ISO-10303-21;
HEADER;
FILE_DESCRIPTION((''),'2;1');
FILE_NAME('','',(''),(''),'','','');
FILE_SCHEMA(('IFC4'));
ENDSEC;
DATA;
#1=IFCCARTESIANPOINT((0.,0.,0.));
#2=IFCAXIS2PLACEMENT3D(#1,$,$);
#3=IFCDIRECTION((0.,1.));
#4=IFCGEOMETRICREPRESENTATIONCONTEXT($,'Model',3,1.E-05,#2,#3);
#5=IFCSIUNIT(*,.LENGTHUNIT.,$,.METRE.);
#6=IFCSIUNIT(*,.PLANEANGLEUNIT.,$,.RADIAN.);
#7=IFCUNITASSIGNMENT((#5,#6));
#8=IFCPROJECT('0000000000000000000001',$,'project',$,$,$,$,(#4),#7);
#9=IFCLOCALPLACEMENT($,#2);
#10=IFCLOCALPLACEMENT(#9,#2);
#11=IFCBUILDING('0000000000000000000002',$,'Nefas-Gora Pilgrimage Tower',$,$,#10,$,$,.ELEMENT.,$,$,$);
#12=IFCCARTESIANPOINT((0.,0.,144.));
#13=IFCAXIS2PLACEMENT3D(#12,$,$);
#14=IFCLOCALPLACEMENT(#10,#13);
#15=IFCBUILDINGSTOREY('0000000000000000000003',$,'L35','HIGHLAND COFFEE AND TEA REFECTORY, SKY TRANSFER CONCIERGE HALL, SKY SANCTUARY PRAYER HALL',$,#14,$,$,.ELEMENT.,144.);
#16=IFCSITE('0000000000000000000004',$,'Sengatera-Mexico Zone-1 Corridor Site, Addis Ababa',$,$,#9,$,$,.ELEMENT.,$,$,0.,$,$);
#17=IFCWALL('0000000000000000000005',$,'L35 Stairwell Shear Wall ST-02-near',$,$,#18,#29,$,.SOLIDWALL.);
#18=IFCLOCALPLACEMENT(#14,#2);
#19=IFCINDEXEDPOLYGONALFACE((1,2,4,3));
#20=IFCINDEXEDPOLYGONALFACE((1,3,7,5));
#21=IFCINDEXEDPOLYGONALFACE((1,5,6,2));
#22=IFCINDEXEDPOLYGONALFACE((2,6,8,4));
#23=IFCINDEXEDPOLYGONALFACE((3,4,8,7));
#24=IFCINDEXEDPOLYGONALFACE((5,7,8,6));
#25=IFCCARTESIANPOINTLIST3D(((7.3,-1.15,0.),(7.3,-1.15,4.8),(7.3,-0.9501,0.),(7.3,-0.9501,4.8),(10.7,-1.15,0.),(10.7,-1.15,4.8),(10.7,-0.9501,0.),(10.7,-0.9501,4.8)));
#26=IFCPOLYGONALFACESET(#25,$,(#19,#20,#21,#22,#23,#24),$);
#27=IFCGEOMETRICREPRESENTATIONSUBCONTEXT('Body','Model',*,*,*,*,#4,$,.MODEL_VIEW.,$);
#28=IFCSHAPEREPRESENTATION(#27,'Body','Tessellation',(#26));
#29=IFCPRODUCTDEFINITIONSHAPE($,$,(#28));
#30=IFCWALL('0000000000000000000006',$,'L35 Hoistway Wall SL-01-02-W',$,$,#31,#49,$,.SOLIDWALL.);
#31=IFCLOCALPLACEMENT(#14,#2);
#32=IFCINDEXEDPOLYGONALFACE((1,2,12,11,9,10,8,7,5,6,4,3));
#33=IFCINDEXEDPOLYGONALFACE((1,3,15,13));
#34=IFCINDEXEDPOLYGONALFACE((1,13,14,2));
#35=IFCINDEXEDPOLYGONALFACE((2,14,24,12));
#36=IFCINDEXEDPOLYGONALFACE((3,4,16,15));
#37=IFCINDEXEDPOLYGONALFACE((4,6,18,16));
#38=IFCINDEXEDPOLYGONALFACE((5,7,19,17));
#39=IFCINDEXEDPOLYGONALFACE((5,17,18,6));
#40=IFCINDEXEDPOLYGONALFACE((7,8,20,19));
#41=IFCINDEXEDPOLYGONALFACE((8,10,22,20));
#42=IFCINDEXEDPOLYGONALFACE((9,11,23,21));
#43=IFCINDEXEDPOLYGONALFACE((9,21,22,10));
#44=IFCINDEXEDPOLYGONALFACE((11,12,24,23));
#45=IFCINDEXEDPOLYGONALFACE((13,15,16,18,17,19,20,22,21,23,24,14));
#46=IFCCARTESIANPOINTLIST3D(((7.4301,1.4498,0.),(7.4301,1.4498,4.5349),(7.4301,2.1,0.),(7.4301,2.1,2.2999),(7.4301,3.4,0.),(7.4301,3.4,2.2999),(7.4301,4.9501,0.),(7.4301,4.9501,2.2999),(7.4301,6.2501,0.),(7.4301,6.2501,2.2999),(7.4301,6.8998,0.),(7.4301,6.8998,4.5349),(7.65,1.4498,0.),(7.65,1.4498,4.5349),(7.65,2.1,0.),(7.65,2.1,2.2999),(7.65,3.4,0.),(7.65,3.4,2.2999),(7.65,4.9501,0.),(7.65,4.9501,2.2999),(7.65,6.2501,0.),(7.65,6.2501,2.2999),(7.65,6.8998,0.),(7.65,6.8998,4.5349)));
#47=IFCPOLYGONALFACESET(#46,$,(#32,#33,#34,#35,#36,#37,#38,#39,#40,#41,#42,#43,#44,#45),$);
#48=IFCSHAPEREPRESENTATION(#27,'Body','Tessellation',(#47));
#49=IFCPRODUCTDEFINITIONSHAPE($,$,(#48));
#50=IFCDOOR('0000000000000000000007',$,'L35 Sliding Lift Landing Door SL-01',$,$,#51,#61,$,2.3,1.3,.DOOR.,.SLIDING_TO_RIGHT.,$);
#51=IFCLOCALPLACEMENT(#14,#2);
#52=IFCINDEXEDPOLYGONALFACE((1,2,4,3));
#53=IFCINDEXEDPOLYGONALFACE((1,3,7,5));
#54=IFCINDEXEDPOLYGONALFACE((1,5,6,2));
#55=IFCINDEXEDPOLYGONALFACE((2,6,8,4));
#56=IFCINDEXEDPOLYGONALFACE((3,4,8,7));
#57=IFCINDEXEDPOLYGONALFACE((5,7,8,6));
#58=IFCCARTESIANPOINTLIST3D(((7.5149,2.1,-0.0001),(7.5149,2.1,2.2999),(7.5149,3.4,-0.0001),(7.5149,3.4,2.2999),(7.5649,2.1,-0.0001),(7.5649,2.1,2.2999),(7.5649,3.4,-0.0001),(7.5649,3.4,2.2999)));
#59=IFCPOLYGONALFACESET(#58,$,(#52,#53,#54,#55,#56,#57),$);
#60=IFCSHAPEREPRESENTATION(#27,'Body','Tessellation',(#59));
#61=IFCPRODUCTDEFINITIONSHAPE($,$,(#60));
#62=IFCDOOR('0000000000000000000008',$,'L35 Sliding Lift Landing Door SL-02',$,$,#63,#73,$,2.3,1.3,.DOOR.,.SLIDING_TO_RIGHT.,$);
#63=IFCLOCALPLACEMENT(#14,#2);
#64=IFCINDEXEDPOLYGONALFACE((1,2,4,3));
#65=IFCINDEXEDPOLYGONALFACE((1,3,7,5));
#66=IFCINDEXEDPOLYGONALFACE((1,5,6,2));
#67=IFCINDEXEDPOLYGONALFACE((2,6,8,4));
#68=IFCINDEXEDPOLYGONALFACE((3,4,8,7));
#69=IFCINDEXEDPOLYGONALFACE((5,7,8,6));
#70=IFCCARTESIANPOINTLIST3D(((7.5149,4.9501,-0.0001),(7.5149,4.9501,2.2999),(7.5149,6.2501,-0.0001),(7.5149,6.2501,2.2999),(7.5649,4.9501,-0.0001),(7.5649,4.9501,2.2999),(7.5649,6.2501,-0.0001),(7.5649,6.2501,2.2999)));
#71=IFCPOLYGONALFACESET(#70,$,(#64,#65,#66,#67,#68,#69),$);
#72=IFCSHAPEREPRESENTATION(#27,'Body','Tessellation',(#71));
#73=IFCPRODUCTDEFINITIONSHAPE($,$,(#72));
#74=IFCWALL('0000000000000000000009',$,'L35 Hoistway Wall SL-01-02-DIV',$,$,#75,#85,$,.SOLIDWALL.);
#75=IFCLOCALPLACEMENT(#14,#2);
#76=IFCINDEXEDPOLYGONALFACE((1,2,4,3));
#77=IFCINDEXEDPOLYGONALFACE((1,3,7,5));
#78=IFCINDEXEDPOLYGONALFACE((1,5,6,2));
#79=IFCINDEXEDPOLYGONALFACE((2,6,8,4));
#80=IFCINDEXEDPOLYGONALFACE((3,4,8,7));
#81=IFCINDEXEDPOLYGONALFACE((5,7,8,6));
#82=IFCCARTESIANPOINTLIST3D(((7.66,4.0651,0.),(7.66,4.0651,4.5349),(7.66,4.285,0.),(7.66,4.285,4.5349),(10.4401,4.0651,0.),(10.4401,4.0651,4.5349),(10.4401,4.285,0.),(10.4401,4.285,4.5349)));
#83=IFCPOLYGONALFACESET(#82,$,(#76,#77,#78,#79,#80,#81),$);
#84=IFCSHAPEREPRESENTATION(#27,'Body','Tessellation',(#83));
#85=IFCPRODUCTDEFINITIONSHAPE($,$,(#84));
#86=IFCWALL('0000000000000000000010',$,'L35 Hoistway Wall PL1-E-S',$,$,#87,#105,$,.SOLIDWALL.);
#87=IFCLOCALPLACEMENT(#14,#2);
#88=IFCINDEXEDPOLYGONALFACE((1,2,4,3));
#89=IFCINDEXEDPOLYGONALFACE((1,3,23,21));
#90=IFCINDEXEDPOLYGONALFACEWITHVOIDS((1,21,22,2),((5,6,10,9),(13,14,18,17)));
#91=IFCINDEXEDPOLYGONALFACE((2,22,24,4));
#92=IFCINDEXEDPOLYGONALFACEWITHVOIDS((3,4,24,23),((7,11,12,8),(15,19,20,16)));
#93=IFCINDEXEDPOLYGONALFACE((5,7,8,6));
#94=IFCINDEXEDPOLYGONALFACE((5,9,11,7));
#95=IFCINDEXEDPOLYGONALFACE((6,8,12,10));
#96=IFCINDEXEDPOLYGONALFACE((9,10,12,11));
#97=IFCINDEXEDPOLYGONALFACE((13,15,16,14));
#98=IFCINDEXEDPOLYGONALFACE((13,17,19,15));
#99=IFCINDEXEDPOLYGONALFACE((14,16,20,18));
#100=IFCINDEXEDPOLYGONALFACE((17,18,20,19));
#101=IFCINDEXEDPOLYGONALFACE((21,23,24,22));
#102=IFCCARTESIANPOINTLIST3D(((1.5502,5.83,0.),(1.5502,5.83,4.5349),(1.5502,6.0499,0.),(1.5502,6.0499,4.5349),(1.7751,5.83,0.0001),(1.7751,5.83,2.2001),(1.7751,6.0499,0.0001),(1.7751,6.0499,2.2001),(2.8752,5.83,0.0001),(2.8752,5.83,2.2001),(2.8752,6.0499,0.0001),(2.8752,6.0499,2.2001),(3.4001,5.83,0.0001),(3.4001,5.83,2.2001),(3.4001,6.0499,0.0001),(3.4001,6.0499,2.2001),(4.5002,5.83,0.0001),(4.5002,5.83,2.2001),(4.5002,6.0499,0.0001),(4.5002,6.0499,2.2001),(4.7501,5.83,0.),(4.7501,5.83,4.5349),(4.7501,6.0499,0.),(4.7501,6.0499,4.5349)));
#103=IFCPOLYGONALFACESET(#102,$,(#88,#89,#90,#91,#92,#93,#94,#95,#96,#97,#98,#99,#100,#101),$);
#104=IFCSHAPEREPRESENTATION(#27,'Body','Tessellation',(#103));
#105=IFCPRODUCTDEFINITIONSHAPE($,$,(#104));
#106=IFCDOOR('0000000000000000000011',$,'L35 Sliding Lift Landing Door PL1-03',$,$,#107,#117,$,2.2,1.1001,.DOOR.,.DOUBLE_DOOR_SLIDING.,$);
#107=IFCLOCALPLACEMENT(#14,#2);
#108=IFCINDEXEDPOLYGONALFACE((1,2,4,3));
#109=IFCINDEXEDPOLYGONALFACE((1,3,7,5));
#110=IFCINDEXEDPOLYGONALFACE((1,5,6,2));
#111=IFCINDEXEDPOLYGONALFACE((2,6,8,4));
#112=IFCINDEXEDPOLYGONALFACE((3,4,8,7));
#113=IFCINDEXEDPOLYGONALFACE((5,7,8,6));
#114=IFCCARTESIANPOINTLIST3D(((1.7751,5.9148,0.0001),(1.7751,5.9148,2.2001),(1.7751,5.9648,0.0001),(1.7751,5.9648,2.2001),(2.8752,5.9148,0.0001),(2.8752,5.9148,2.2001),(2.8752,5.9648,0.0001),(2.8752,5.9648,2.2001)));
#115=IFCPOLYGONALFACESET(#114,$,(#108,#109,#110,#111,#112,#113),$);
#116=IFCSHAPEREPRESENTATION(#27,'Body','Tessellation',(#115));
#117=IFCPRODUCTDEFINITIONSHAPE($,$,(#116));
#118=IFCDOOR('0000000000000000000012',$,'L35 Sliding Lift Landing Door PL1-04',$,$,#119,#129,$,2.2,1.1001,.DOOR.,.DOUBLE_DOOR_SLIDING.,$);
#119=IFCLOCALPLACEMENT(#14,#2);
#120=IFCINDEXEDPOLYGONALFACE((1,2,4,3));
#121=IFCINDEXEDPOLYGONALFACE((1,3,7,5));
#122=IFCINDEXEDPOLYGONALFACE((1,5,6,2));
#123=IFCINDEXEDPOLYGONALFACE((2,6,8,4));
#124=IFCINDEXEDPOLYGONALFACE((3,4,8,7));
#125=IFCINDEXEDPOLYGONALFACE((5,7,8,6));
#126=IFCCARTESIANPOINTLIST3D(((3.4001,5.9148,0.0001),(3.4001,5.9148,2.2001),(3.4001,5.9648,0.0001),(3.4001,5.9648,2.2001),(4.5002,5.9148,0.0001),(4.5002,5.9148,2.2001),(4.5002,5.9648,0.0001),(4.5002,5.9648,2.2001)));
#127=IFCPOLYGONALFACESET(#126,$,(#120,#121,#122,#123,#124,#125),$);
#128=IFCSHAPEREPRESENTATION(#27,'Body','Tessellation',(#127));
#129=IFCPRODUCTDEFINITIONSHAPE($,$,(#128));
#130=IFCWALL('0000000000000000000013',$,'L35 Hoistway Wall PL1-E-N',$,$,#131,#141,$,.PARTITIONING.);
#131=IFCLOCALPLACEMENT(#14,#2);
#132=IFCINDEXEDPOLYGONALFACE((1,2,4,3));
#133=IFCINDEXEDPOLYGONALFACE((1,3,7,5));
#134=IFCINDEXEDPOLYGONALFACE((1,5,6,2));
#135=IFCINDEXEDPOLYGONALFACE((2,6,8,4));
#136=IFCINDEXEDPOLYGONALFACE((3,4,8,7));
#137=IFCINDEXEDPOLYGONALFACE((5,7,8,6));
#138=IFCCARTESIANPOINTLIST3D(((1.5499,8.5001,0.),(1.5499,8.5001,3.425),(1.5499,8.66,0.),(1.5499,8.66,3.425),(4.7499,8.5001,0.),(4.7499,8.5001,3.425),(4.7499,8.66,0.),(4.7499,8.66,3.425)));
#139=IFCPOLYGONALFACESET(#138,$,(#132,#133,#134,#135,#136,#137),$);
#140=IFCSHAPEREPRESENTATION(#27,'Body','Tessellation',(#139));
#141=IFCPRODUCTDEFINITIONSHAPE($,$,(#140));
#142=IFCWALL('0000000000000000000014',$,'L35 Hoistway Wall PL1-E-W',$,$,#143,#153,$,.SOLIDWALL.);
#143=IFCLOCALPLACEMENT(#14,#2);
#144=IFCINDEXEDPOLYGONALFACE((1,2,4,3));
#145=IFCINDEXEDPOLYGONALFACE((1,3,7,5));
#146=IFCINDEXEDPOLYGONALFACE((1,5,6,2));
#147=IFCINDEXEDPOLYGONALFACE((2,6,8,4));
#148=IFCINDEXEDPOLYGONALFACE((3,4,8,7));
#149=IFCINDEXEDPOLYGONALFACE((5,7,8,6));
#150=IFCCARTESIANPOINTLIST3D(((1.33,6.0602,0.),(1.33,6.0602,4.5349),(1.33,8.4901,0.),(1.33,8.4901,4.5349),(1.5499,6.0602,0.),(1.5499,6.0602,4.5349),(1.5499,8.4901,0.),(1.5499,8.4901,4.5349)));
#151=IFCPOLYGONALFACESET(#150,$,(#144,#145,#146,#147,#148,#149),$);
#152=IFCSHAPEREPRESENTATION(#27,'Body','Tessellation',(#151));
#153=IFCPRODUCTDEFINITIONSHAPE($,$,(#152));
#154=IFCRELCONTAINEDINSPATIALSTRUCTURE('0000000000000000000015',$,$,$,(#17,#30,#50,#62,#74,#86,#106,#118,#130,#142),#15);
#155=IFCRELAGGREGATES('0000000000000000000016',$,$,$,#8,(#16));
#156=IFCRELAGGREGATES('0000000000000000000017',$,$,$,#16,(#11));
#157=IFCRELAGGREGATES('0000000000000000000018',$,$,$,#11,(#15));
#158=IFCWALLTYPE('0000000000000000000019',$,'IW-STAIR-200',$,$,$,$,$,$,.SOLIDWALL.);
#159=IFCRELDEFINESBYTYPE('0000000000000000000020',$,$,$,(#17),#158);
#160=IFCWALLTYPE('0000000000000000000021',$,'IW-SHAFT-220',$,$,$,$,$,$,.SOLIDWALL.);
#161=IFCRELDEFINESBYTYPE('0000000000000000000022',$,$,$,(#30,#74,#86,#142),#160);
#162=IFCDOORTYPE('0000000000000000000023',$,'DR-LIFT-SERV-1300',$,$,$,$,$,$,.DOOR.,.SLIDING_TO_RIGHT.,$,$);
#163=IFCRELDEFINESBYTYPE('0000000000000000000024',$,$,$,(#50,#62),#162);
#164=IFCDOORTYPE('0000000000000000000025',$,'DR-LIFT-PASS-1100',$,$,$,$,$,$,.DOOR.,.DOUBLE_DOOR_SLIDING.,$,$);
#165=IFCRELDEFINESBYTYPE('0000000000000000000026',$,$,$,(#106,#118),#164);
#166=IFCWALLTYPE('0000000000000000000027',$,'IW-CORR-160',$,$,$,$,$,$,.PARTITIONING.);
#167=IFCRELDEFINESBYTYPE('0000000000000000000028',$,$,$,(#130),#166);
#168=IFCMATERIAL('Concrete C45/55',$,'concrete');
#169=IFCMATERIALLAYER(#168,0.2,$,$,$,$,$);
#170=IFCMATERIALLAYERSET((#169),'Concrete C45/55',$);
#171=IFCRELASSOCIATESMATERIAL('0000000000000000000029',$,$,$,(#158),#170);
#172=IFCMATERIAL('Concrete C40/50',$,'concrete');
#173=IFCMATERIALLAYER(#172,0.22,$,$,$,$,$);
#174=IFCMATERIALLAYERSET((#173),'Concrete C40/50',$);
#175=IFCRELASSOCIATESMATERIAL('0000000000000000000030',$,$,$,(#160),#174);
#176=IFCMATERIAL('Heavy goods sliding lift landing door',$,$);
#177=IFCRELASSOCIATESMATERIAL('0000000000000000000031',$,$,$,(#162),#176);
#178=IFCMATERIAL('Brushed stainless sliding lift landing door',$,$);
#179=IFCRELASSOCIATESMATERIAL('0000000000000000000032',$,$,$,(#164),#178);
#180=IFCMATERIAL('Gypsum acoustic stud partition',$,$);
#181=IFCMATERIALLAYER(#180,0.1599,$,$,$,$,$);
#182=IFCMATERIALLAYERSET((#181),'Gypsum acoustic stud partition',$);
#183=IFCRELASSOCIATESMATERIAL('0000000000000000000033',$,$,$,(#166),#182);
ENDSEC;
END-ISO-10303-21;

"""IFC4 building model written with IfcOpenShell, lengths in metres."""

from ifc_helpers import new_model, si_unit, direction, frame, frame_2d, origin, place, context, subcontext, project, spatial, rectangle, extrude, source, transform, mapped, material, layer, layer_set, type_object, element, fill, save


model = new_model("IFC4")

# Units and contexts
model_context = context("Model", 3, precision=1e-05, world=origin(), true_north=direction((0.0, 1.0)))
body_context = subcontext(model_context, "Body", "Model", "MODEL_VIEW")
ifc_project = project(units=[si_unit("LENGTHUNIT", "METRE"), si_unit("PLANEANGLEUNIT", "RADIAN")], contexts=[model_context])

# Site, building, storey
site_placement = place(None, origin())
site = spatial("IfcSite", under=ifc_project, at=site_placement, Name="Sengatera-Mexico Zone-1 Corridor Site, Addis Ababa", CompositionType="ELEMENT", RefElevation=0.0)
building_placement = place(site_placement, origin())
building = spatial("IfcBuilding", under=site, at=building_placement, Name="Nefas-Gora Pilgrimage Tower", CompositionType="ELEMENT")
storey_placement = place(building_placement, frame((0.0, 0.0, 144.0)))
storey = spatial("IfcBuildingStorey", under=building, at=storey_placement, Name="L35", Description="HIGHLAND COFFEE AND TEA REFECTORY, SKY TRANSFER CONCIERGE HALL, SKY SANCTUARY PRAYER HALL", CompositionType="ELEMENT", Elevation=144.0)

# Wall
ifc_material_1 = material(Name="Concrete C45/55", Category="concrete")
ifc_layer_1 = layer(ifc_material_1, 0.2)
ifc_layer_set_1 = layer_set([ifc_layer_1], Name="Concrete C45/55")
wall_type_1 = type_object("IfcWallType", Name="IW-STAIR-200", PredefinedType="SOLIDWALL", material=ifc_layer_set_1)
shared_shape_1 = source(origin(), body_context, "Body", "SweptSolid", [
    extrude(rectangle(XDim=3.3999, YDim=0.2, at=frame_2d((1.7, 0.0))), origin(), (0.0, 0.0, 1.0), 4.8),
])
wall_1_placement = place(storey_placement, frame((7.3, -1.05, 0.0), z_axis=(0.0, 0.0, 1.0), x_axis=(1.0, 0.0, 0.0)))
element("IfcWall", 1, at=wall_1_placement, inside=storey, type_object=wall_type_1, Name="L35 Stairwell Shear Wall ST-02-near", PredefinedType="SOLIDWALL", context=body_context, shape_type="MappedRepresentation", body=[
    mapped(shared_shape_1, transform((0.0, 0.0, 0.0), x_axis=(1.0, 0.0, 0.0), y_axis=(0.0, 1.0, 0.0), z_axis=(0.0, 0.0, 1.0), scale=1.0)),
])

# Wall, openings, doors
ifc_material_2 = material(Name="Concrete C40/50", Category="concrete")
ifc_layer_2 = layer(ifc_material_2, 0.22)
ifc_layer_set_2 = layer_set([ifc_layer_2], Name="Concrete C40/50")
wall_type_2 = type_object("IfcWallType", Name="IW-SHAFT-220", PredefinedType="SOLIDWALL", material=ifc_layer_set_2)
shared_shape_2 = source(origin(), body_context, "Body", "SweptSolid", [
    extrude(rectangle(XDim=5.45, YDim=0.22, at=frame_2d((2.7251, 0.0))), origin(), (0.0, 0.0, 1.0), 4.5349),
])
wall_2_placement = place(storey_placement, frame((7.54, 6.8999, 0.0), z_axis=(0.0, 0.0, 1.0), x_axis=(0.0, -1.0, 0.0)))
wall_2 = element("IfcWall", 2, at=wall_2_placement, inside=storey, type_object=wall_type_2, Name="L35 Hoistway Wall SL-01-02-W", PredefinedType="SOLIDWALL", context=body_context, shape_type="MappedRepresentation", body=[
    mapped(shared_shape_2, transform((0.0, 0.0, 0.0), x_axis=(1.0, 0.0, 0.0), y_axis=(0.0, 1.0, 0.0), z_axis=(0.0, 0.0, 1.0), scale=1.0)),
])
opening_1_placement = place(wall_2_placement, frame((3.5, 0.0, 0.0)))
opening_1 = element("IfcOpeningElement", 3, at=opening_1_placement, cuts=wall_2, PredefinedType="OPENING", context=body_context, shape_type="SweptSolid", body=[
    extrude(rectangle(XDim=1.3, YDim=2.3, at=frame_2d((0.6499, 1.1499))), frame((0.0, 0.1199, 0.0), z_axis=(0.0, -1.0, 0.0), x_axis=(1.0, 0.0, 0.0)), (0.0, 0.0, 1.0), 0.24),
])
opening_2_placement = place(wall_2_placement, frame((0.6499, 0.0, 0.0)))
opening_2 = element("IfcOpeningElement", 4, at=opening_2_placement, cuts=wall_2, PredefinedType="OPENING", context=body_context, shape_type="SweptSolid", body=[
    extrude(rectangle(XDim=1.3, YDim=2.3, at=frame_2d((0.6499, 1.1499))), frame((0.0, 0.1199, 0.0), z_axis=(0.0, -1.0, 0.0), x_axis=(1.0, 0.0, 0.0)), (0.0, 0.0, 1.0), 0.24),
])
ifc_material_3 = material(Name="Heavy goods sliding lift landing door")
door_type_1 = type_object("IfcDoorType", Name="DR-LIFT-SERV-1300", OperationType="SLIDING_TO_RIGHT", PredefinedType="DOOR", material=ifc_material_3)
shared_shape_3 = source(origin(), body_context, "Body", "SweptSolid", [
    extrude(rectangle(XDim=1.3, YDim=2.3, at=frame_2d((0.6499, 1.1499))), frame((0.0, 0.0249, 0.0), z_axis=(0.0, -1.0, 0.0), x_axis=(1.0, 0.0, 0.0)), (0.0, 0.0, 1.0), 0.05),
])
door_1_placement = place(opening_1_placement, origin())
door_1 = element("IfcDoor", 5, at=door_1_placement, inside=storey, type_object=door_type_1, Name="L35 Sliding Lift Landing Door SL-01", OperationType="SLIDING_TO_RIGHT", OverallHeight=2.3, OverallWidth=1.3, PredefinedType="DOOR", context=body_context, shape_type="MappedRepresentation", body=[
    mapped(shared_shape_3, transform((0.0, 0.0, 0.0), x_axis=(1.0, 0.0, 0.0), y_axis=(0.0, 1.0, 0.0), z_axis=(0.0, 0.0, 1.0), scale=1.0)),
])
fill(opening_1, door_1)
door_2_placement = place(opening_2_placement, origin())
door_2 = element("IfcDoor", 6, at=door_2_placement, inside=storey, type_object=door_type_1, Name="L35 Sliding Lift Landing Door SL-02", OperationType="SLIDING_TO_RIGHT", OverallHeight=2.3, OverallWidth=1.3, PredefinedType="DOOR", context=body_context, shape_type="MappedRepresentation", body=[
    mapped(shared_shape_3, transform((0.0, 0.0, 0.0), x_axis=(1.0, 0.0, 0.0), y_axis=(0.0, 1.0, 0.0), z_axis=(0.0, 0.0, 1.0), scale=1.0)),
])
fill(opening_2, door_2)

# Wall
shared_shape_4 = source(origin(), body_context, "Body", "SweptSolid", [
    extrude(rectangle(XDim=2.78, YDim=0.22, at=frame_2d((1.3901, 0.0))), origin(), (0.0, 0.0, 1.0), 4.5349),
])
wall_3_placement = place(storey_placement, frame((7.6599, 4.175, 0.0), z_axis=(0.0, 0.0, 1.0), x_axis=(1.0, 0.0, 0.0)))
element("IfcWall", 7, at=wall_3_placement, inside=storey, type_object=wall_type_2, Name="L35 Hoistway Wall SL-01-02-DIV", PredefinedType="SOLIDWALL", context=body_context, shape_type="MappedRepresentation", body=[
    mapped(shared_shape_4, transform((0.0, 0.0, 0.0), x_axis=(1.0, 0.0, 0.0), y_axis=(0.0, 1.0, 0.0), z_axis=(0.0, 0.0, 1.0), scale=1.0)),
])

# Wall, openings, doors
shared_shape_5 = source(origin(), body_context, "Body", "SweptSolid", [
    extrude(rectangle(XDim=3.2, YDim=0.22, at=frame_2d((1.6001, 0.0))), origin(), (0.0, 0.0, 1.0), 4.5349),
])
wall_4_placement = place(storey_placement, frame((1.55, 5.9399, 0.0), z_axis=(0.0, 0.0, 1.0), x_axis=(1.0, 0.0, 0.0)))
wall_4 = element("IfcWall", 8, at=wall_4_placement, inside=storey, type_object=wall_type_2, Name="L35 Hoistway Wall PL1-E-S", PredefinedType="SOLIDWALL", context=body_context, shape_type="MappedRepresentation", body=[
    mapped(shared_shape_5, transform((0.0, 0.0, 0.0), x_axis=(1.0, 0.0, 0.0), y_axis=(0.0, 1.0, 0.0), z_axis=(0.0, 0.0, 1.0), scale=1.0)),
])
opening_3_placement = place(wall_4_placement, frame((0.2251, 0.0, 0.0)))
opening_3 = element("IfcOpeningElement", 9, at=opening_3_placement, cuts=wall_4, PredefinedType="OPENING", context=body_context, shape_type="SweptSolid", body=[
    extrude(rectangle(XDim=1.1001, YDim=2.2, at=frame_2d((0.55, 1.1001))), frame((0.0, 0.1199, 0.0), z_axis=(0.0, -1.0, 0.0), x_axis=(1.0, 0.0, 0.0)), (0.0, 0.0, 1.0), 0.24),
])
opening_4_placement = place(wall_4_placement, frame((1.8501, 0.0, 0.0)))
opening_4 = element("IfcOpeningElement", 10, at=opening_4_placement, cuts=wall_4, PredefinedType="OPENING", context=body_context, shape_type="SweptSolid", body=[
    extrude(rectangle(XDim=1.1001, YDim=2.2, at=frame_2d((0.55, 1.1001))), frame((0.0, 0.1199, 0.0), z_axis=(0.0, -1.0, 0.0), x_axis=(1.0, 0.0, 0.0)), (0.0, 0.0, 1.0), 0.24),
])
ifc_material_4 = material(Name="Brushed stainless sliding lift landing door")
door_type_2 = type_object("IfcDoorType", Name="DR-LIFT-PASS-1100", OperationType="DOUBLE_DOOR_SLIDING", PredefinedType="DOOR", material=ifc_material_4)
shared_shape_6 = source(origin(), body_context, "Body", "SweptSolid", [
    extrude(rectangle(XDim=1.1001, YDim=2.2, at=frame_2d((0.55, 1.1001))), frame((0.0, 0.0249, 0.0), z_axis=(0.0, -1.0, 0.0), x_axis=(1.0, 0.0, 0.0)), (0.0, 0.0, 1.0), 0.05),
])
door_3_placement = place(opening_3_placement, origin())
door_3 = element("IfcDoor", 11, at=door_3_placement, inside=storey, type_object=door_type_2, Name="L35 Sliding Lift Landing Door PL1-03", OperationType="DOUBLE_DOOR_SLIDING", OverallHeight=2.2, OverallWidth=1.1001, PredefinedType="DOOR", context=body_context, shape_type="MappedRepresentation", body=[
    mapped(shared_shape_6, transform((0.0, 0.0, 0.0), x_axis=(1.0, 0.0, 0.0), y_axis=(0.0, 1.0, 0.0), z_axis=(0.0, 0.0, 1.0), scale=1.0)),
])
fill(opening_3, door_3)
door_4_placement = place(opening_4_placement, origin())
door_4 = element("IfcDoor", 12, at=door_4_placement, inside=storey, type_object=door_type_2, Name="L35 Sliding Lift Landing Door PL1-04", OperationType="DOUBLE_DOOR_SLIDING", OverallHeight=2.2, OverallWidth=1.1001, PredefinedType="DOOR", context=body_context, shape_type="MappedRepresentation", body=[
    mapped(shared_shape_6, transform((0.0, 0.0, 0.0), x_axis=(1.0, 0.0, 0.0), y_axis=(0.0, 1.0, 0.0), z_axis=(0.0, 0.0, 1.0), scale=1.0)),
])
fill(opening_4, door_4)

# Walls
ifc_material_5 = material(Name="Gypsum acoustic stud partition")
ifc_layer_3 = layer(ifc_material_5, 0.1599)
ifc_layer_set_3 = layer_set([ifc_layer_3], Name="Gypsum acoustic stud partition")
wall_type_3 = type_object("IfcWallType", Name="IW-CORR-160", PredefinedType="PARTITIONING", material=ifc_layer_set_3)
shared_shape_7 = source(origin(), body_context, "Body", "SweptSolid", [
    extrude(rectangle(XDim=3.2, YDim=0.1599, at=frame_2d((1.6001, 0.0))), origin(), (0.0, 0.0, 1.0), 3.425),
])
wall_5_placement = place(storey_placement, frame((4.75, 8.5801, 0.0), z_axis=(0.0, 0.0, 1.0), x_axis=(-1.0, 0.0, 0.0)))
element("IfcWall", 13, at=wall_5_placement, inside=storey, type_object=wall_type_3, Name="L35 Hoistway Wall PL1-E-N", PredefinedType="PARTITIONING", context=body_context, shape_type="MappedRepresentation", body=[
    mapped(shared_shape_7, transform((0.0, 0.0, 0.0), x_axis=(1.0, 0.0, 0.0), y_axis=(0.0, 1.0, 0.0), z_axis=(0.0, 0.0, 1.0), scale=1.0)),
])
shared_shape_8 = source(origin(), body_context, "Body", "SweptSolid", [
    extrude(rectangle(XDim=2.4299, YDim=0.22, at=frame_2d((1.2148, 0.0))), origin(), (0.0, 0.0, 1.0), 4.5349),
])
for number, where, z_axis, x_axis, name in (
    (14, (1.4399, 8.49, 0.0), (0.0, 0.0, 1.0), (0.0, -1.0, 0.0), "L35 Hoistway Wall PL1-E-W"),
):
    element("IfcWall", number, at=place(storey_placement, frame(where, z_axis=z_axis, x_axis=x_axis)), inside=storey, type_object=wall_type_2, Name=name, PredefinedType="SOLIDWALL", context=body_context, shape_type="MappedRepresentation", body=[
        mapped(shared_shape_8, transform((0.0, 0.0, 0.0), x_axis=(1.0, 0.0, 0.0), y_axis=(0.0, 1.0, 0.0), z_axis=(0.0, 0.0, 1.0), scale=1.0)),
    ])

save(model, "model.ifc")
